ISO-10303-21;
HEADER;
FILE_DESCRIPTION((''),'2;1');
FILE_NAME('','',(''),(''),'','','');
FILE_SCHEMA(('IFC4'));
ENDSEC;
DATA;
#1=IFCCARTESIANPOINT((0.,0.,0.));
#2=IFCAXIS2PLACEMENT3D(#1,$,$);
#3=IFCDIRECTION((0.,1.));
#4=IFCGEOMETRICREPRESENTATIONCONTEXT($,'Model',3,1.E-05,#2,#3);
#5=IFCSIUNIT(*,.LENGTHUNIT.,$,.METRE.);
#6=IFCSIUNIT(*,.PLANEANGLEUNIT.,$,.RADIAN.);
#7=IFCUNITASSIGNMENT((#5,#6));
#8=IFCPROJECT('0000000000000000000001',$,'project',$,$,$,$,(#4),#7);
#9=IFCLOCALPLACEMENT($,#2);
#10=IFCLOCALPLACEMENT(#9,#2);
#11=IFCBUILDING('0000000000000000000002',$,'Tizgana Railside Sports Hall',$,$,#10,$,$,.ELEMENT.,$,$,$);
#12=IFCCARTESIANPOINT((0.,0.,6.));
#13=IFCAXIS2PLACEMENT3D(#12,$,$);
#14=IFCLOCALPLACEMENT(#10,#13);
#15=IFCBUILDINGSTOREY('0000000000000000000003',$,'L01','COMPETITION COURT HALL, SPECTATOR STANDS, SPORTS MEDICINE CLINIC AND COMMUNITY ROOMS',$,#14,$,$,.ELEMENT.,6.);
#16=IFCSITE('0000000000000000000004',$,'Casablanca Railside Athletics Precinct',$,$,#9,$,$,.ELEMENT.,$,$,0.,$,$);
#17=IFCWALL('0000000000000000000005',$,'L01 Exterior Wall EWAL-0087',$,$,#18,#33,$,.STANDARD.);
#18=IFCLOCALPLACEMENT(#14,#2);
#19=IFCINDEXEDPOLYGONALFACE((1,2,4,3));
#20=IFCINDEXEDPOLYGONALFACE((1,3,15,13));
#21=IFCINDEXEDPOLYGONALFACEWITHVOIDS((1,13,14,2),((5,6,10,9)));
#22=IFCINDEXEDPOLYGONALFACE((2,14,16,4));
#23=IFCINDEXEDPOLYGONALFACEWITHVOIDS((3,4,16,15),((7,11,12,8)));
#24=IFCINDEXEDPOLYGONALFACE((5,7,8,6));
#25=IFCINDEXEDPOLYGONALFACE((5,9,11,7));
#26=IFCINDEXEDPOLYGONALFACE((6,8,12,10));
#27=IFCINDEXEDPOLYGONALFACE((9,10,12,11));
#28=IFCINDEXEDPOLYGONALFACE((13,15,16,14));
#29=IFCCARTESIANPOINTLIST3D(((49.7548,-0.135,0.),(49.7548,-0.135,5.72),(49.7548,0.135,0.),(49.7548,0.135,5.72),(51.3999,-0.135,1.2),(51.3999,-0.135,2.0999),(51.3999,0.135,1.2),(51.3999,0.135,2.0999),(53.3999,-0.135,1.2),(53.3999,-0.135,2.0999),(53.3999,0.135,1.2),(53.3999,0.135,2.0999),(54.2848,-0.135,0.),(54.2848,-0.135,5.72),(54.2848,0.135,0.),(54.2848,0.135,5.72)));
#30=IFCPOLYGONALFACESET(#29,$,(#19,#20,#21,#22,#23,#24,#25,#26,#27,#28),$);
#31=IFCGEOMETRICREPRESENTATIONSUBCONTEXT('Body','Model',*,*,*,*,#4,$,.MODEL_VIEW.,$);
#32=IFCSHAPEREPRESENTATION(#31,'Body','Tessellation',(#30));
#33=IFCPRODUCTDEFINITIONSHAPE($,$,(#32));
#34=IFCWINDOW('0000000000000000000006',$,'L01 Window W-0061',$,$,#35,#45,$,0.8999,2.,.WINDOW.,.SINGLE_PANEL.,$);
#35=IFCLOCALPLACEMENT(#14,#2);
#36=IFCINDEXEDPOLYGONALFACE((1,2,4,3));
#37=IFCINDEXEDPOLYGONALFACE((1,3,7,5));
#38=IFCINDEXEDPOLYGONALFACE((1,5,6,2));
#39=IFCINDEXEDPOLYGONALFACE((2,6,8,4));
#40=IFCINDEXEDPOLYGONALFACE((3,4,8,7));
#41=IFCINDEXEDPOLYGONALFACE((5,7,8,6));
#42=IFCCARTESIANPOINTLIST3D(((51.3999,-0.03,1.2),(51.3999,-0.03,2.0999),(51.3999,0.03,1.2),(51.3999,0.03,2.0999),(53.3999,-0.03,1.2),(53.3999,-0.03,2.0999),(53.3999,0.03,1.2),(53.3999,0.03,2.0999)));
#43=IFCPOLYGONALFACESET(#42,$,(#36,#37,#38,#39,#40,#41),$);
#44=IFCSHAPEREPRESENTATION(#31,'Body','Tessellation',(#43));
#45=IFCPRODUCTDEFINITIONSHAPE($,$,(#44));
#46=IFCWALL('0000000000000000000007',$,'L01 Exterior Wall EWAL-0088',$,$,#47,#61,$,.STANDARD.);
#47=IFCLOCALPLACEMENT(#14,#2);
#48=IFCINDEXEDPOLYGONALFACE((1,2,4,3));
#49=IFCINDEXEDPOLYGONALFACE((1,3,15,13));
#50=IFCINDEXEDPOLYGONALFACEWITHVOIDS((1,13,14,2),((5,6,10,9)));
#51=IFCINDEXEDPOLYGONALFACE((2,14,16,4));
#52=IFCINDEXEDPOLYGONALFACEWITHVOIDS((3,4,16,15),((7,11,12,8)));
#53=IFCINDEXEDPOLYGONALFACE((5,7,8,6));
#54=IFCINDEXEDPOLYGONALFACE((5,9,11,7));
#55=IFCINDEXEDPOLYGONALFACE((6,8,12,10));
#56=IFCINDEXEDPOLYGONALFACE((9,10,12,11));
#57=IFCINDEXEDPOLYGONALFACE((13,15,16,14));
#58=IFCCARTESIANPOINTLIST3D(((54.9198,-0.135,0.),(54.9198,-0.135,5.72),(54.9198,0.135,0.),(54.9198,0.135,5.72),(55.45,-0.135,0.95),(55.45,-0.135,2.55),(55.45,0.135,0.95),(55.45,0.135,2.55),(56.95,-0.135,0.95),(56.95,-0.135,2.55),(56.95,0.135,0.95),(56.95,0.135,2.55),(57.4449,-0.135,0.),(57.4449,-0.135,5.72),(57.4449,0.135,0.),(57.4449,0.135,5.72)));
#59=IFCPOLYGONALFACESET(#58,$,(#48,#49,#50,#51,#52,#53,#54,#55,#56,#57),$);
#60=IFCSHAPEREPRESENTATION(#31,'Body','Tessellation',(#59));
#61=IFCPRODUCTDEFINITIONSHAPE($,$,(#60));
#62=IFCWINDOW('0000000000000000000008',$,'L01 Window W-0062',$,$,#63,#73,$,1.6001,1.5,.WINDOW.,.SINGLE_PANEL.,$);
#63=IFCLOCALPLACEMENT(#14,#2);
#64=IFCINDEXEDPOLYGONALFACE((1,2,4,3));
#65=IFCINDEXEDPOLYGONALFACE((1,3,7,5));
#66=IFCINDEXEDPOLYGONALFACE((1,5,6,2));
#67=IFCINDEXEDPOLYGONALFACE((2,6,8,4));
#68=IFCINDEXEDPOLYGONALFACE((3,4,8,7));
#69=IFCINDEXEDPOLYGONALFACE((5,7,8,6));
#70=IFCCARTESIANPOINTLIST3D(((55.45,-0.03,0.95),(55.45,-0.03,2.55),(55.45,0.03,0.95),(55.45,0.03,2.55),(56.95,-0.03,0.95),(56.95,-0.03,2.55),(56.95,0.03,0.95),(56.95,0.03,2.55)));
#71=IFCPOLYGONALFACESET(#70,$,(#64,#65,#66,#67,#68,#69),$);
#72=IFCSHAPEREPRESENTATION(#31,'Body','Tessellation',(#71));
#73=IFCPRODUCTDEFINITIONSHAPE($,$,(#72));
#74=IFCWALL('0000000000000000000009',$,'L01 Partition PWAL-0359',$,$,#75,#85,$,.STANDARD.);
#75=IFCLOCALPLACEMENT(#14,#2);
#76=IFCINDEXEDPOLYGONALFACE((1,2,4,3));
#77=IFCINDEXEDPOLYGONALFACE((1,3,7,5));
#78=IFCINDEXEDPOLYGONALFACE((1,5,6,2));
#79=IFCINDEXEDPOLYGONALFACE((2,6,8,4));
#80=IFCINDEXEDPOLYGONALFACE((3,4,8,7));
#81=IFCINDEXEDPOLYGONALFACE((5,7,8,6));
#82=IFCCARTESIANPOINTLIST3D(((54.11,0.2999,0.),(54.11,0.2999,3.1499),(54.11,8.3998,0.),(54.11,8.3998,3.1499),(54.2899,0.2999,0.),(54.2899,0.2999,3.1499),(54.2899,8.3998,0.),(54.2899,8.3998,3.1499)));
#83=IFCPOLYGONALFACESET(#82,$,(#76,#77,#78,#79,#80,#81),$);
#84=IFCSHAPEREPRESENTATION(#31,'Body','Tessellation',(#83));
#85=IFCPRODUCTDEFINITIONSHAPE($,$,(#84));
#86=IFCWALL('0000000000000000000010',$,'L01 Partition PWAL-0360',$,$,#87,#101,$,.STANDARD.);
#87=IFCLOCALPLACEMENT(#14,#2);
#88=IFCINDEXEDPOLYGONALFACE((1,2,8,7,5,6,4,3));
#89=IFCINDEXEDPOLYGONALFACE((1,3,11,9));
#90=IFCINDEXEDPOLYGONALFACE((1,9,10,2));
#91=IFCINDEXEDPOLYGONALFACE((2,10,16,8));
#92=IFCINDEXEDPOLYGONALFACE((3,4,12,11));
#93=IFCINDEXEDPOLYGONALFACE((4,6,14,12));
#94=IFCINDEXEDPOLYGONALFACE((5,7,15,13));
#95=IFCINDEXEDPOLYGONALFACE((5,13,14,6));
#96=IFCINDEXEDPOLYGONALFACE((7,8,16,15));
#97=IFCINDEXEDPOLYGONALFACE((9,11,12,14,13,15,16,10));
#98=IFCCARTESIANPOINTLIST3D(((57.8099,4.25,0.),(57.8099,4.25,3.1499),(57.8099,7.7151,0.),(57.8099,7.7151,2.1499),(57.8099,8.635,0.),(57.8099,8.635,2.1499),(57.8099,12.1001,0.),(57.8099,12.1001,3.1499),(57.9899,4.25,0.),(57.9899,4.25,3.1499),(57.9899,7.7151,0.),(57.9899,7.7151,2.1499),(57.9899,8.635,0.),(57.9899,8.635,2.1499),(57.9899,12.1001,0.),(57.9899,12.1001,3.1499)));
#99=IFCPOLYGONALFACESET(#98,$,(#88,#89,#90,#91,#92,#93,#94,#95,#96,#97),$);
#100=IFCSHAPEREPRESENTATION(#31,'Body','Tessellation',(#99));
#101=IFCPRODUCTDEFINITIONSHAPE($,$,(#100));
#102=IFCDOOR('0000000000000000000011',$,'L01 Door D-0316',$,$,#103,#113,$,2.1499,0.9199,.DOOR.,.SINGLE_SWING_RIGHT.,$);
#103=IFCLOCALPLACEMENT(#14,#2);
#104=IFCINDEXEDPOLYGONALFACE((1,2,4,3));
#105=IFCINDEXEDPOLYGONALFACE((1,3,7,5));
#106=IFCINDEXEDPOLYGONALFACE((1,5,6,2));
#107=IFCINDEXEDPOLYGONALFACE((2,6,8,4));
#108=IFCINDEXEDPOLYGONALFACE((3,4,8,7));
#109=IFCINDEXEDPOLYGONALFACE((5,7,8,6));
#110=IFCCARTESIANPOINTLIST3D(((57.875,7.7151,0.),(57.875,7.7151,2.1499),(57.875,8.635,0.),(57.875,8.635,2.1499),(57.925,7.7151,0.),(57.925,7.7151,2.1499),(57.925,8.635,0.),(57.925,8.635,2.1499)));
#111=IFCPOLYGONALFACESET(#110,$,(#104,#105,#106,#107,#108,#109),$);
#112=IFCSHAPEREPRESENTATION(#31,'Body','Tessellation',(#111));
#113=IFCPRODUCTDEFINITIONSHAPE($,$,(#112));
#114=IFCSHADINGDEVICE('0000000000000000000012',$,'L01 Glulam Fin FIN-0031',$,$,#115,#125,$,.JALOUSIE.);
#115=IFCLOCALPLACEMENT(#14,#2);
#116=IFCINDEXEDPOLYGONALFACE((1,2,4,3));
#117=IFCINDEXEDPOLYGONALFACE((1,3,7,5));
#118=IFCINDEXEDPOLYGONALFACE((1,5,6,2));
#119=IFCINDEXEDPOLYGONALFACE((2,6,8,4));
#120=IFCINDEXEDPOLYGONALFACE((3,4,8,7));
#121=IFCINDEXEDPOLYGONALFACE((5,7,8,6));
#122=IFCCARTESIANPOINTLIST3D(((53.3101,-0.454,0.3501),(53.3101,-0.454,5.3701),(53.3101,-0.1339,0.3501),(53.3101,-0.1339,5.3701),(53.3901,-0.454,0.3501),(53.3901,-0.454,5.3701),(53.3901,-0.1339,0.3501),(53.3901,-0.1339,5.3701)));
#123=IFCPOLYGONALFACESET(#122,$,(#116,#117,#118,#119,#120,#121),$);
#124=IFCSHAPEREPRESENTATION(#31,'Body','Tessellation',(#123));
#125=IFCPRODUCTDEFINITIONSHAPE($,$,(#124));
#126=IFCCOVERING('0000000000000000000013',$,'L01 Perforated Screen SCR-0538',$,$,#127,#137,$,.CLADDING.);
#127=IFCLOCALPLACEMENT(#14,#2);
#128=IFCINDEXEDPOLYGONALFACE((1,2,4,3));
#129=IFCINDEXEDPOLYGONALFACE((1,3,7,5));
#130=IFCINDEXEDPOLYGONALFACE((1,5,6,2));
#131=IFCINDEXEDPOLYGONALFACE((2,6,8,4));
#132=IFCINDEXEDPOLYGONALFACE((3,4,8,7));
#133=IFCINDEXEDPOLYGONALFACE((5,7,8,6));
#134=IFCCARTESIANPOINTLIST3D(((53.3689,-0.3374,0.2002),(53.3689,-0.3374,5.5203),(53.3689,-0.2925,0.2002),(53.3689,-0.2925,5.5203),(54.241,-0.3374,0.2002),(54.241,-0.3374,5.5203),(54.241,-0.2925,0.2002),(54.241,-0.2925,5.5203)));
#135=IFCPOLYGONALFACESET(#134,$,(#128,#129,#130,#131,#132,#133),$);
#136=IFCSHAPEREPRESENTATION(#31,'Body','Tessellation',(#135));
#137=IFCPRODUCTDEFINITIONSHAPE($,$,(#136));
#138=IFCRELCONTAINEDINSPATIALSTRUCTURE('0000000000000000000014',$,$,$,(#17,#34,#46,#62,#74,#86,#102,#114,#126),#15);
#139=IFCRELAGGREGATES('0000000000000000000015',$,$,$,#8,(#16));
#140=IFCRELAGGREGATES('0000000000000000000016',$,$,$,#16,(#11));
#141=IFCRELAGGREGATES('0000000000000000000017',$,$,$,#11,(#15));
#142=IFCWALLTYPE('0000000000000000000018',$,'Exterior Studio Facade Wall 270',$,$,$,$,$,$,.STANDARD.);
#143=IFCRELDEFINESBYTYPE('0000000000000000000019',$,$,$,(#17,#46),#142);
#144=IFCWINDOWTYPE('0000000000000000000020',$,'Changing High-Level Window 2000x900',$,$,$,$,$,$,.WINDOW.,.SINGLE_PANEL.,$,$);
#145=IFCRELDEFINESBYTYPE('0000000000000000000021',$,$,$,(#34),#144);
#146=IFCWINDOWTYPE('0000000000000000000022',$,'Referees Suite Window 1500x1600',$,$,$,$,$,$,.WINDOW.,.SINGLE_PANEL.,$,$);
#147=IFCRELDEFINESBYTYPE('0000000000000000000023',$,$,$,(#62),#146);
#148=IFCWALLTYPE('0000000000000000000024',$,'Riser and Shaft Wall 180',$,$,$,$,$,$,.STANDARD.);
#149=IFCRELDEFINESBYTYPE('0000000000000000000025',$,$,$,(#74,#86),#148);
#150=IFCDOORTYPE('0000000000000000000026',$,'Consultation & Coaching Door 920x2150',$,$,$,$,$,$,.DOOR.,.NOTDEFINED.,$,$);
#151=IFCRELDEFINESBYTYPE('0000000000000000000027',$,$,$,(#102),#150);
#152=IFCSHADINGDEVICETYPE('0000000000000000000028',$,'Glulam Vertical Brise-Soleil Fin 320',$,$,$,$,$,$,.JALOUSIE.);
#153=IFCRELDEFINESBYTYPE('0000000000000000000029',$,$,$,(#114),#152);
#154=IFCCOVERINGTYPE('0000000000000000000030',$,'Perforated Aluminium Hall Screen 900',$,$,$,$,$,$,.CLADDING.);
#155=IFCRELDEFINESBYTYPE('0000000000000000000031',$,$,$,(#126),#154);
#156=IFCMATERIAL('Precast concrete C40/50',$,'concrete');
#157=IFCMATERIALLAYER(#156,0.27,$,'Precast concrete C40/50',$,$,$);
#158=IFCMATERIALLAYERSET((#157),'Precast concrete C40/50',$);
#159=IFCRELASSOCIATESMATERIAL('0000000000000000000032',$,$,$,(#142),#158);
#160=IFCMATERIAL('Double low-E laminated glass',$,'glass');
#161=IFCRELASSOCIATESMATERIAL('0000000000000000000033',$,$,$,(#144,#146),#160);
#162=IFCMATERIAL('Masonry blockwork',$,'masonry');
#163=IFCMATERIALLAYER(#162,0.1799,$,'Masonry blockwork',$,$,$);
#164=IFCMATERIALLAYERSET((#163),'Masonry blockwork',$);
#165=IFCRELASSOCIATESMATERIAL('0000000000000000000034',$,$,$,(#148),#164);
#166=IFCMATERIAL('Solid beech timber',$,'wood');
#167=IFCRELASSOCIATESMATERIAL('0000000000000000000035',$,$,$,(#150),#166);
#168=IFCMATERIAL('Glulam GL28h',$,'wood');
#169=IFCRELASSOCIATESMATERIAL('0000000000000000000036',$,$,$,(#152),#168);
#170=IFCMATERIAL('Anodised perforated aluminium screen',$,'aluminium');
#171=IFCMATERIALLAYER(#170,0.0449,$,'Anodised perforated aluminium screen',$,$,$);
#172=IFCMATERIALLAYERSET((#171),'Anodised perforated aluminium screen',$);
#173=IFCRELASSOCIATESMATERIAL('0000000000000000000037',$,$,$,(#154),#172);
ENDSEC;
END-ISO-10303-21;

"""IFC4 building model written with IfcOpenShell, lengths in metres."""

from ifc_helpers import new_model, si_unit, direction, frame, frame_2d, origin, origin_2d, place, context, subcontext, project, spatial, rectangle, extrude, material, layer, layer_set, type_object, element, fill, save


model = new_model("IFC4")

# Units and contexts
model_context = context("Model", 3, precision=1e-05, world=origin(), true_north=direction((0.0, 1.0)))
body_context = subcontext(model_context, "Body", "Model", "MODEL_VIEW")
ifc_project = project(units=[si_unit("LENGTHUNIT", "METRE"), si_unit("PLANEANGLEUNIT", "RADIAN")], contexts=[model_context])

# Site, building, storey
site_placement = place(None, origin())
site = spatial("IfcSite", under=ifc_project, at=site_placement, Name="Casablanca Railside Athletics Precinct", CompositionType="ELEMENT", RefElevation=0.0)
building_placement = place(site_placement, origin())
building = spatial("IfcBuilding", under=site, at=building_placement, Name="Tizgana Railside Sports Hall", CompositionType="ELEMENT")
storey_placement = place(building_placement, frame((0.0, 0.0, 6.0)))
storey = spatial("IfcBuildingStorey", under=building, at=storey_placement, Name="L01", Description="COMPETITION COURT HALL, SPECTATOR STANDS, SPORTS MEDICINE CLINIC AND COMMUNITY ROOMS", CompositionType="ELEMENT", Elevation=6.0)

# Walls, openings, windows
ifc_material_1 = material(Name="Precast concrete C40/50", Category="concrete")
ifc_layer_1 = layer(ifc_material_1, 0.27, Name="Precast concrete C40/50")
ifc_layer_set_1 = layer_set([ifc_layer_1], Name="Precast concrete C40/50")
wall_type_1 = type_object("IfcWallType", Name="Exterior Studio Facade Wall 270", PredefinedType="STANDARD", material=ifc_layer_set_1)
wall_1_placement = place(storey_placement, frame((54.2849, 0.0, 0.0), z_axis=(0.0, 0.0, 1.0), x_axis=(-1.0, 0.0, 0.0)))
wall_1 = element("IfcWall", 1, at=wall_1_placement, inside=storey, type_object=wall_type_1, Name="L01 Exterior Wall EWAL-0087", PredefinedType="STANDARD", context=body_context, shape_type="SweptSolid", body=[
    extrude(rectangle(XDim=4.53, YDim=0.27, at=frame_2d((2.2651, 0.0))), origin(), (0.0, 0.0, 1.0), 5.72),
])
opening_1_placement = place(wall_1_placement, frame((0.885, 0.0, 1.2)))
opening_1 = element("IfcOpeningElement", 2, at=opening_1_placement, cuts=wall_1, PredefinedType="OPENING", context=body_context, shape_type="SweptSolid", body=[
    extrude(rectangle(XDim=2.0, YDim=0.8999, at=frame_2d((1.0, 0.45))), frame((0.0, 0.145, 0.0), z_axis=(0.0, -1.0, 0.0), x_axis=(1.0, 0.0, 0.0)), (0.0, 0.0, 1.0), 0.29),
])
ifc_material_2 = material(Name="Double low-E laminated glass", Category="glass")
window_type_1 = type_object("IfcWindowType", Name="Changing High-Level Window 2000x900", PartitioningType="SINGLE_PANEL", PredefinedType="WINDOW", material=ifc_material_2)
window_1_placement = place(opening_1_placement, origin())
window_1 = element("IfcWindow", 3, at=window_1_placement, inside=storey, type_object=window_type_1, Name="L01 Window W-0061", OverallHeight=0.8999, OverallWidth=2.0, PartitioningType="SINGLE_PANEL", PredefinedType="WINDOW", context=body_context, shape_type="SweptSolid", body=[
    extrude(rectangle(XDim=2.0, YDim=0.8999, at=frame_2d((1.0, 0.45))), frame((0.0, 0.03, 0.0), z_axis=(0.0, -1.0, 0.0), x_axis=(1.0, 0.0, 0.0)), (0.0, 0.0, 1.0), 0.0601),
])
fill(opening_1, window_1)
wall_2_placement = place(storey_placement, frame((57.4451, 0.0, 0.0), z_axis=(0.0, 0.0, 1.0), x_axis=(-1.0, 0.0, 0.0)))
wall_2 = element("IfcWall", 4, at=wall_2_placement, inside=storey, type_object=wall_type_1, Name="L01 Exterior Wall EWAL-0088", PredefinedType="STANDARD", context=body_context, shape_type="SweptSolid", body=[
    extrude(rectangle(XDim=2.5251, YDim=0.27, at=frame_2d((1.2627, 0.0))), origin(), (0.0, 0.0, 1.0), 5.72),
])
opening_2_placement = place(wall_2_placement, frame((0.4951, 0.0, 0.95)))
opening_2 = element("IfcOpeningElement", 5, at=opening_2_placement, cuts=wall_2, PredefinedType="OPENING", context=body_context, shape_type="SweptSolid", body=[
    extrude(rectangle(XDim=1.5, YDim=1.6001, at=frame_2d((0.75, 0.8))), frame((0.0, 0.145, 0.0), z_axis=(0.0, -1.0, 0.0), x_axis=(1.0, 0.0, 0.0)), (0.0, 0.0, 1.0), 0.29),
])
window_type_2 = type_object("IfcWindowType", Name="Referees Suite Window 1500x1600", PartitioningType="SINGLE_PANEL", PredefinedType="WINDOW", material=ifc_material_2)
window_2_placement = place(opening_2_placement, origin())
window_2 = element("IfcWindow", 6, at=window_2_placement, inside=storey, type_object=window_type_2, Name="L01 Window W-0062", OverallHeight=1.6001, OverallWidth=1.5, PartitioningType="SINGLE_PANEL", PredefinedType="WINDOW", context=body_context, shape_type="SweptSolid", body=[
    extrude(rectangle(XDim=1.5, YDim=1.6001, at=frame_2d((0.75, 0.8))), frame((0.0, 0.03, 0.0), z_axis=(0.0, -1.0, 0.0), x_axis=(1.0, 0.0, 0.0)), (0.0, 0.0, 1.0), 0.0601),
])
fill(opening_2, window_2)

# Wall
ifc_material_3 = material(Name="Masonry blockwork", Category="masonry")
ifc_layer_2 = layer(ifc_material_3, 0.1799, Name="Masonry blockwork")
ifc_layer_set_2 = layer_set([ifc_layer_2], Name="Masonry blockwork")
wall_type_2 = type_object("IfcWallType", Name="Riser and Shaft Wall 180", PredefinedType="STANDARD", material=ifc_layer_set_2)
wall_3_placement = place(storey_placement, frame((54.2, 0.3, 0.0), z_axis=(0.0, 0.0, 1.0), x_axis=(0.0, 1.0, 0.0)))
element("IfcWall", 7, at=wall_3_placement, inside=storey, type_object=wall_type_2, Name="L01 Partition PWAL-0359", PredefinedType="STANDARD", context=body_context, shape_type="SweptSolid", body=[
    extrude(rectangle(XDim=8.0999, YDim=0.1799, at=frame_2d((4.0498, 0.0))), origin(), (0.0, 0.0, 1.0), 3.1499),
])

# Wall, opening, door
wall_4_placement = place(storey_placement, frame((57.8999, 4.25, 0.0), z_axis=(0.0, 0.0, 1.0), x_axis=(0.0, 1.0, 0.0)))
wall_4 = element("IfcWall", 8, at=wall_4_placement, inside=storey, type_object=wall_type_2, Name="L01 Partition PWAL-0360", PredefinedType="STANDARD", context=body_context, shape_type="SweptSolid", body=[
    extrude(rectangle(XDim=7.8501, YDim=0.1799, at=frame_2d((3.925, 0.0))), origin(), (0.0, 0.0, 1.0), 3.1499),
])
opening_3_placement = place(wall_4_placement, frame((3.4651, 0.0, 0.0)))
opening_3 = element("IfcOpeningElement", 9, at=opening_3_placement, cuts=wall_4, PredefinedType="OPENING", context=body_context, shape_type="SweptSolid", body=[
    extrude(rectangle(XDim=0.9199, YDim=2.1499, at=frame_2d((0.46, 1.075))), frame((0.0, 0.0999, 0.0), z_axis=(0.0, -1.0, 0.0), x_axis=(1.0, 0.0, 0.0)), (0.0, 0.0, 1.0), 0.2),
])
ifc_material_4 = material(Name="Solid beech timber", Category="wood")
door_type_1 = type_object("IfcDoorType", Name="Consultation & Coaching Door 920x2150", OperationType="NOTDEFINED", PredefinedType="DOOR", material=ifc_material_4)
door_1_placement = place(opening_3_placement, origin())
door_1 = element("IfcDoor", 10, at=door_1_placement, inside=storey, type_object=door_type_1, Name="L01 Door D-0316", OperationType="SINGLE_SWING_RIGHT", OverallHeight=2.1499, OverallWidth=0.9199, PredefinedType="DOOR", context=body_context, shape_type="SweptSolid", body=[
    extrude(rectangle(XDim=0.9199, YDim=2.1499, at=frame_2d((0.46, 1.075))), frame((0.0, 0.0249, 0.0), z_axis=(0.0, -1.0, 0.0), x_axis=(1.0, 0.0, 0.0)), (0.0, 0.0, 1.0), 0.05),
])
fill(opening_3, door_1)

# Shading device
ifc_material_5 = material(Name="Glulam GL28h", Category="wood")
shading_device_type = type_object("IfcShadingDeviceType", Name="Glulam Vertical Brise-Soleil Fin 320", PredefinedType="JALOUSIE", material=ifc_material_5)
shading_device_placement = place(storey_placement, frame((53.3501, -0.2939, 0.3501), z_axis=(0.0, 0.0, 1.0), x_axis=(-1.0, 0.0, 0.0)))
element("IfcShadingDevice", 11, at=shading_device_placement, inside=storey, type_object=shading_device_type, Name="L01 Glulam Fin FIN-0031", PredefinedType="JALOUSIE", context=body_context, shape_type="SweptSolid", body=[
    extrude(rectangle(XDim=0.0801, YDim=0.3201, at=origin_2d()), origin(), (0.0, 0.0, 1.0), 5.02),
])

# Covering
ifc_material_6 = material(Name="Anodised perforated aluminium screen", Category="aluminium")
ifc_layer_3 = layer(ifc_material_6, 0.0449, Name="Anodised perforated aluminium screen")
ifc_layer_set_3 = layer_set([ifc_layer_3], Name="Anodised perforated aluminium screen")
covering_type = type_object("IfcCoveringType", Name="Perforated Aluminium Hall Screen 900", PredefinedType="CLADDING", material=ifc_layer_set_3)
covering_placement = place(storey_placement, frame((53.8049, -0.3149, 0.2002), z_axis=(0.0, 0.0, 1.0), x_axis=(-1.0, 0.0, 0.0)))
element("IfcCovering", 12, at=covering_placement, inside=storey, type_object=covering_type, Name="L01 Perforated Screen SCR-0538", PredefinedType="CLADDING", context=body_context, shape_type="SweptSolid", body=[
    extrude(rectangle(XDim=0.8721, YDim=0.0449, at=origin_2d()), origin(), (0.0, 0.0, 1.0), 5.3201),
])

save(model, "model.ifc")
